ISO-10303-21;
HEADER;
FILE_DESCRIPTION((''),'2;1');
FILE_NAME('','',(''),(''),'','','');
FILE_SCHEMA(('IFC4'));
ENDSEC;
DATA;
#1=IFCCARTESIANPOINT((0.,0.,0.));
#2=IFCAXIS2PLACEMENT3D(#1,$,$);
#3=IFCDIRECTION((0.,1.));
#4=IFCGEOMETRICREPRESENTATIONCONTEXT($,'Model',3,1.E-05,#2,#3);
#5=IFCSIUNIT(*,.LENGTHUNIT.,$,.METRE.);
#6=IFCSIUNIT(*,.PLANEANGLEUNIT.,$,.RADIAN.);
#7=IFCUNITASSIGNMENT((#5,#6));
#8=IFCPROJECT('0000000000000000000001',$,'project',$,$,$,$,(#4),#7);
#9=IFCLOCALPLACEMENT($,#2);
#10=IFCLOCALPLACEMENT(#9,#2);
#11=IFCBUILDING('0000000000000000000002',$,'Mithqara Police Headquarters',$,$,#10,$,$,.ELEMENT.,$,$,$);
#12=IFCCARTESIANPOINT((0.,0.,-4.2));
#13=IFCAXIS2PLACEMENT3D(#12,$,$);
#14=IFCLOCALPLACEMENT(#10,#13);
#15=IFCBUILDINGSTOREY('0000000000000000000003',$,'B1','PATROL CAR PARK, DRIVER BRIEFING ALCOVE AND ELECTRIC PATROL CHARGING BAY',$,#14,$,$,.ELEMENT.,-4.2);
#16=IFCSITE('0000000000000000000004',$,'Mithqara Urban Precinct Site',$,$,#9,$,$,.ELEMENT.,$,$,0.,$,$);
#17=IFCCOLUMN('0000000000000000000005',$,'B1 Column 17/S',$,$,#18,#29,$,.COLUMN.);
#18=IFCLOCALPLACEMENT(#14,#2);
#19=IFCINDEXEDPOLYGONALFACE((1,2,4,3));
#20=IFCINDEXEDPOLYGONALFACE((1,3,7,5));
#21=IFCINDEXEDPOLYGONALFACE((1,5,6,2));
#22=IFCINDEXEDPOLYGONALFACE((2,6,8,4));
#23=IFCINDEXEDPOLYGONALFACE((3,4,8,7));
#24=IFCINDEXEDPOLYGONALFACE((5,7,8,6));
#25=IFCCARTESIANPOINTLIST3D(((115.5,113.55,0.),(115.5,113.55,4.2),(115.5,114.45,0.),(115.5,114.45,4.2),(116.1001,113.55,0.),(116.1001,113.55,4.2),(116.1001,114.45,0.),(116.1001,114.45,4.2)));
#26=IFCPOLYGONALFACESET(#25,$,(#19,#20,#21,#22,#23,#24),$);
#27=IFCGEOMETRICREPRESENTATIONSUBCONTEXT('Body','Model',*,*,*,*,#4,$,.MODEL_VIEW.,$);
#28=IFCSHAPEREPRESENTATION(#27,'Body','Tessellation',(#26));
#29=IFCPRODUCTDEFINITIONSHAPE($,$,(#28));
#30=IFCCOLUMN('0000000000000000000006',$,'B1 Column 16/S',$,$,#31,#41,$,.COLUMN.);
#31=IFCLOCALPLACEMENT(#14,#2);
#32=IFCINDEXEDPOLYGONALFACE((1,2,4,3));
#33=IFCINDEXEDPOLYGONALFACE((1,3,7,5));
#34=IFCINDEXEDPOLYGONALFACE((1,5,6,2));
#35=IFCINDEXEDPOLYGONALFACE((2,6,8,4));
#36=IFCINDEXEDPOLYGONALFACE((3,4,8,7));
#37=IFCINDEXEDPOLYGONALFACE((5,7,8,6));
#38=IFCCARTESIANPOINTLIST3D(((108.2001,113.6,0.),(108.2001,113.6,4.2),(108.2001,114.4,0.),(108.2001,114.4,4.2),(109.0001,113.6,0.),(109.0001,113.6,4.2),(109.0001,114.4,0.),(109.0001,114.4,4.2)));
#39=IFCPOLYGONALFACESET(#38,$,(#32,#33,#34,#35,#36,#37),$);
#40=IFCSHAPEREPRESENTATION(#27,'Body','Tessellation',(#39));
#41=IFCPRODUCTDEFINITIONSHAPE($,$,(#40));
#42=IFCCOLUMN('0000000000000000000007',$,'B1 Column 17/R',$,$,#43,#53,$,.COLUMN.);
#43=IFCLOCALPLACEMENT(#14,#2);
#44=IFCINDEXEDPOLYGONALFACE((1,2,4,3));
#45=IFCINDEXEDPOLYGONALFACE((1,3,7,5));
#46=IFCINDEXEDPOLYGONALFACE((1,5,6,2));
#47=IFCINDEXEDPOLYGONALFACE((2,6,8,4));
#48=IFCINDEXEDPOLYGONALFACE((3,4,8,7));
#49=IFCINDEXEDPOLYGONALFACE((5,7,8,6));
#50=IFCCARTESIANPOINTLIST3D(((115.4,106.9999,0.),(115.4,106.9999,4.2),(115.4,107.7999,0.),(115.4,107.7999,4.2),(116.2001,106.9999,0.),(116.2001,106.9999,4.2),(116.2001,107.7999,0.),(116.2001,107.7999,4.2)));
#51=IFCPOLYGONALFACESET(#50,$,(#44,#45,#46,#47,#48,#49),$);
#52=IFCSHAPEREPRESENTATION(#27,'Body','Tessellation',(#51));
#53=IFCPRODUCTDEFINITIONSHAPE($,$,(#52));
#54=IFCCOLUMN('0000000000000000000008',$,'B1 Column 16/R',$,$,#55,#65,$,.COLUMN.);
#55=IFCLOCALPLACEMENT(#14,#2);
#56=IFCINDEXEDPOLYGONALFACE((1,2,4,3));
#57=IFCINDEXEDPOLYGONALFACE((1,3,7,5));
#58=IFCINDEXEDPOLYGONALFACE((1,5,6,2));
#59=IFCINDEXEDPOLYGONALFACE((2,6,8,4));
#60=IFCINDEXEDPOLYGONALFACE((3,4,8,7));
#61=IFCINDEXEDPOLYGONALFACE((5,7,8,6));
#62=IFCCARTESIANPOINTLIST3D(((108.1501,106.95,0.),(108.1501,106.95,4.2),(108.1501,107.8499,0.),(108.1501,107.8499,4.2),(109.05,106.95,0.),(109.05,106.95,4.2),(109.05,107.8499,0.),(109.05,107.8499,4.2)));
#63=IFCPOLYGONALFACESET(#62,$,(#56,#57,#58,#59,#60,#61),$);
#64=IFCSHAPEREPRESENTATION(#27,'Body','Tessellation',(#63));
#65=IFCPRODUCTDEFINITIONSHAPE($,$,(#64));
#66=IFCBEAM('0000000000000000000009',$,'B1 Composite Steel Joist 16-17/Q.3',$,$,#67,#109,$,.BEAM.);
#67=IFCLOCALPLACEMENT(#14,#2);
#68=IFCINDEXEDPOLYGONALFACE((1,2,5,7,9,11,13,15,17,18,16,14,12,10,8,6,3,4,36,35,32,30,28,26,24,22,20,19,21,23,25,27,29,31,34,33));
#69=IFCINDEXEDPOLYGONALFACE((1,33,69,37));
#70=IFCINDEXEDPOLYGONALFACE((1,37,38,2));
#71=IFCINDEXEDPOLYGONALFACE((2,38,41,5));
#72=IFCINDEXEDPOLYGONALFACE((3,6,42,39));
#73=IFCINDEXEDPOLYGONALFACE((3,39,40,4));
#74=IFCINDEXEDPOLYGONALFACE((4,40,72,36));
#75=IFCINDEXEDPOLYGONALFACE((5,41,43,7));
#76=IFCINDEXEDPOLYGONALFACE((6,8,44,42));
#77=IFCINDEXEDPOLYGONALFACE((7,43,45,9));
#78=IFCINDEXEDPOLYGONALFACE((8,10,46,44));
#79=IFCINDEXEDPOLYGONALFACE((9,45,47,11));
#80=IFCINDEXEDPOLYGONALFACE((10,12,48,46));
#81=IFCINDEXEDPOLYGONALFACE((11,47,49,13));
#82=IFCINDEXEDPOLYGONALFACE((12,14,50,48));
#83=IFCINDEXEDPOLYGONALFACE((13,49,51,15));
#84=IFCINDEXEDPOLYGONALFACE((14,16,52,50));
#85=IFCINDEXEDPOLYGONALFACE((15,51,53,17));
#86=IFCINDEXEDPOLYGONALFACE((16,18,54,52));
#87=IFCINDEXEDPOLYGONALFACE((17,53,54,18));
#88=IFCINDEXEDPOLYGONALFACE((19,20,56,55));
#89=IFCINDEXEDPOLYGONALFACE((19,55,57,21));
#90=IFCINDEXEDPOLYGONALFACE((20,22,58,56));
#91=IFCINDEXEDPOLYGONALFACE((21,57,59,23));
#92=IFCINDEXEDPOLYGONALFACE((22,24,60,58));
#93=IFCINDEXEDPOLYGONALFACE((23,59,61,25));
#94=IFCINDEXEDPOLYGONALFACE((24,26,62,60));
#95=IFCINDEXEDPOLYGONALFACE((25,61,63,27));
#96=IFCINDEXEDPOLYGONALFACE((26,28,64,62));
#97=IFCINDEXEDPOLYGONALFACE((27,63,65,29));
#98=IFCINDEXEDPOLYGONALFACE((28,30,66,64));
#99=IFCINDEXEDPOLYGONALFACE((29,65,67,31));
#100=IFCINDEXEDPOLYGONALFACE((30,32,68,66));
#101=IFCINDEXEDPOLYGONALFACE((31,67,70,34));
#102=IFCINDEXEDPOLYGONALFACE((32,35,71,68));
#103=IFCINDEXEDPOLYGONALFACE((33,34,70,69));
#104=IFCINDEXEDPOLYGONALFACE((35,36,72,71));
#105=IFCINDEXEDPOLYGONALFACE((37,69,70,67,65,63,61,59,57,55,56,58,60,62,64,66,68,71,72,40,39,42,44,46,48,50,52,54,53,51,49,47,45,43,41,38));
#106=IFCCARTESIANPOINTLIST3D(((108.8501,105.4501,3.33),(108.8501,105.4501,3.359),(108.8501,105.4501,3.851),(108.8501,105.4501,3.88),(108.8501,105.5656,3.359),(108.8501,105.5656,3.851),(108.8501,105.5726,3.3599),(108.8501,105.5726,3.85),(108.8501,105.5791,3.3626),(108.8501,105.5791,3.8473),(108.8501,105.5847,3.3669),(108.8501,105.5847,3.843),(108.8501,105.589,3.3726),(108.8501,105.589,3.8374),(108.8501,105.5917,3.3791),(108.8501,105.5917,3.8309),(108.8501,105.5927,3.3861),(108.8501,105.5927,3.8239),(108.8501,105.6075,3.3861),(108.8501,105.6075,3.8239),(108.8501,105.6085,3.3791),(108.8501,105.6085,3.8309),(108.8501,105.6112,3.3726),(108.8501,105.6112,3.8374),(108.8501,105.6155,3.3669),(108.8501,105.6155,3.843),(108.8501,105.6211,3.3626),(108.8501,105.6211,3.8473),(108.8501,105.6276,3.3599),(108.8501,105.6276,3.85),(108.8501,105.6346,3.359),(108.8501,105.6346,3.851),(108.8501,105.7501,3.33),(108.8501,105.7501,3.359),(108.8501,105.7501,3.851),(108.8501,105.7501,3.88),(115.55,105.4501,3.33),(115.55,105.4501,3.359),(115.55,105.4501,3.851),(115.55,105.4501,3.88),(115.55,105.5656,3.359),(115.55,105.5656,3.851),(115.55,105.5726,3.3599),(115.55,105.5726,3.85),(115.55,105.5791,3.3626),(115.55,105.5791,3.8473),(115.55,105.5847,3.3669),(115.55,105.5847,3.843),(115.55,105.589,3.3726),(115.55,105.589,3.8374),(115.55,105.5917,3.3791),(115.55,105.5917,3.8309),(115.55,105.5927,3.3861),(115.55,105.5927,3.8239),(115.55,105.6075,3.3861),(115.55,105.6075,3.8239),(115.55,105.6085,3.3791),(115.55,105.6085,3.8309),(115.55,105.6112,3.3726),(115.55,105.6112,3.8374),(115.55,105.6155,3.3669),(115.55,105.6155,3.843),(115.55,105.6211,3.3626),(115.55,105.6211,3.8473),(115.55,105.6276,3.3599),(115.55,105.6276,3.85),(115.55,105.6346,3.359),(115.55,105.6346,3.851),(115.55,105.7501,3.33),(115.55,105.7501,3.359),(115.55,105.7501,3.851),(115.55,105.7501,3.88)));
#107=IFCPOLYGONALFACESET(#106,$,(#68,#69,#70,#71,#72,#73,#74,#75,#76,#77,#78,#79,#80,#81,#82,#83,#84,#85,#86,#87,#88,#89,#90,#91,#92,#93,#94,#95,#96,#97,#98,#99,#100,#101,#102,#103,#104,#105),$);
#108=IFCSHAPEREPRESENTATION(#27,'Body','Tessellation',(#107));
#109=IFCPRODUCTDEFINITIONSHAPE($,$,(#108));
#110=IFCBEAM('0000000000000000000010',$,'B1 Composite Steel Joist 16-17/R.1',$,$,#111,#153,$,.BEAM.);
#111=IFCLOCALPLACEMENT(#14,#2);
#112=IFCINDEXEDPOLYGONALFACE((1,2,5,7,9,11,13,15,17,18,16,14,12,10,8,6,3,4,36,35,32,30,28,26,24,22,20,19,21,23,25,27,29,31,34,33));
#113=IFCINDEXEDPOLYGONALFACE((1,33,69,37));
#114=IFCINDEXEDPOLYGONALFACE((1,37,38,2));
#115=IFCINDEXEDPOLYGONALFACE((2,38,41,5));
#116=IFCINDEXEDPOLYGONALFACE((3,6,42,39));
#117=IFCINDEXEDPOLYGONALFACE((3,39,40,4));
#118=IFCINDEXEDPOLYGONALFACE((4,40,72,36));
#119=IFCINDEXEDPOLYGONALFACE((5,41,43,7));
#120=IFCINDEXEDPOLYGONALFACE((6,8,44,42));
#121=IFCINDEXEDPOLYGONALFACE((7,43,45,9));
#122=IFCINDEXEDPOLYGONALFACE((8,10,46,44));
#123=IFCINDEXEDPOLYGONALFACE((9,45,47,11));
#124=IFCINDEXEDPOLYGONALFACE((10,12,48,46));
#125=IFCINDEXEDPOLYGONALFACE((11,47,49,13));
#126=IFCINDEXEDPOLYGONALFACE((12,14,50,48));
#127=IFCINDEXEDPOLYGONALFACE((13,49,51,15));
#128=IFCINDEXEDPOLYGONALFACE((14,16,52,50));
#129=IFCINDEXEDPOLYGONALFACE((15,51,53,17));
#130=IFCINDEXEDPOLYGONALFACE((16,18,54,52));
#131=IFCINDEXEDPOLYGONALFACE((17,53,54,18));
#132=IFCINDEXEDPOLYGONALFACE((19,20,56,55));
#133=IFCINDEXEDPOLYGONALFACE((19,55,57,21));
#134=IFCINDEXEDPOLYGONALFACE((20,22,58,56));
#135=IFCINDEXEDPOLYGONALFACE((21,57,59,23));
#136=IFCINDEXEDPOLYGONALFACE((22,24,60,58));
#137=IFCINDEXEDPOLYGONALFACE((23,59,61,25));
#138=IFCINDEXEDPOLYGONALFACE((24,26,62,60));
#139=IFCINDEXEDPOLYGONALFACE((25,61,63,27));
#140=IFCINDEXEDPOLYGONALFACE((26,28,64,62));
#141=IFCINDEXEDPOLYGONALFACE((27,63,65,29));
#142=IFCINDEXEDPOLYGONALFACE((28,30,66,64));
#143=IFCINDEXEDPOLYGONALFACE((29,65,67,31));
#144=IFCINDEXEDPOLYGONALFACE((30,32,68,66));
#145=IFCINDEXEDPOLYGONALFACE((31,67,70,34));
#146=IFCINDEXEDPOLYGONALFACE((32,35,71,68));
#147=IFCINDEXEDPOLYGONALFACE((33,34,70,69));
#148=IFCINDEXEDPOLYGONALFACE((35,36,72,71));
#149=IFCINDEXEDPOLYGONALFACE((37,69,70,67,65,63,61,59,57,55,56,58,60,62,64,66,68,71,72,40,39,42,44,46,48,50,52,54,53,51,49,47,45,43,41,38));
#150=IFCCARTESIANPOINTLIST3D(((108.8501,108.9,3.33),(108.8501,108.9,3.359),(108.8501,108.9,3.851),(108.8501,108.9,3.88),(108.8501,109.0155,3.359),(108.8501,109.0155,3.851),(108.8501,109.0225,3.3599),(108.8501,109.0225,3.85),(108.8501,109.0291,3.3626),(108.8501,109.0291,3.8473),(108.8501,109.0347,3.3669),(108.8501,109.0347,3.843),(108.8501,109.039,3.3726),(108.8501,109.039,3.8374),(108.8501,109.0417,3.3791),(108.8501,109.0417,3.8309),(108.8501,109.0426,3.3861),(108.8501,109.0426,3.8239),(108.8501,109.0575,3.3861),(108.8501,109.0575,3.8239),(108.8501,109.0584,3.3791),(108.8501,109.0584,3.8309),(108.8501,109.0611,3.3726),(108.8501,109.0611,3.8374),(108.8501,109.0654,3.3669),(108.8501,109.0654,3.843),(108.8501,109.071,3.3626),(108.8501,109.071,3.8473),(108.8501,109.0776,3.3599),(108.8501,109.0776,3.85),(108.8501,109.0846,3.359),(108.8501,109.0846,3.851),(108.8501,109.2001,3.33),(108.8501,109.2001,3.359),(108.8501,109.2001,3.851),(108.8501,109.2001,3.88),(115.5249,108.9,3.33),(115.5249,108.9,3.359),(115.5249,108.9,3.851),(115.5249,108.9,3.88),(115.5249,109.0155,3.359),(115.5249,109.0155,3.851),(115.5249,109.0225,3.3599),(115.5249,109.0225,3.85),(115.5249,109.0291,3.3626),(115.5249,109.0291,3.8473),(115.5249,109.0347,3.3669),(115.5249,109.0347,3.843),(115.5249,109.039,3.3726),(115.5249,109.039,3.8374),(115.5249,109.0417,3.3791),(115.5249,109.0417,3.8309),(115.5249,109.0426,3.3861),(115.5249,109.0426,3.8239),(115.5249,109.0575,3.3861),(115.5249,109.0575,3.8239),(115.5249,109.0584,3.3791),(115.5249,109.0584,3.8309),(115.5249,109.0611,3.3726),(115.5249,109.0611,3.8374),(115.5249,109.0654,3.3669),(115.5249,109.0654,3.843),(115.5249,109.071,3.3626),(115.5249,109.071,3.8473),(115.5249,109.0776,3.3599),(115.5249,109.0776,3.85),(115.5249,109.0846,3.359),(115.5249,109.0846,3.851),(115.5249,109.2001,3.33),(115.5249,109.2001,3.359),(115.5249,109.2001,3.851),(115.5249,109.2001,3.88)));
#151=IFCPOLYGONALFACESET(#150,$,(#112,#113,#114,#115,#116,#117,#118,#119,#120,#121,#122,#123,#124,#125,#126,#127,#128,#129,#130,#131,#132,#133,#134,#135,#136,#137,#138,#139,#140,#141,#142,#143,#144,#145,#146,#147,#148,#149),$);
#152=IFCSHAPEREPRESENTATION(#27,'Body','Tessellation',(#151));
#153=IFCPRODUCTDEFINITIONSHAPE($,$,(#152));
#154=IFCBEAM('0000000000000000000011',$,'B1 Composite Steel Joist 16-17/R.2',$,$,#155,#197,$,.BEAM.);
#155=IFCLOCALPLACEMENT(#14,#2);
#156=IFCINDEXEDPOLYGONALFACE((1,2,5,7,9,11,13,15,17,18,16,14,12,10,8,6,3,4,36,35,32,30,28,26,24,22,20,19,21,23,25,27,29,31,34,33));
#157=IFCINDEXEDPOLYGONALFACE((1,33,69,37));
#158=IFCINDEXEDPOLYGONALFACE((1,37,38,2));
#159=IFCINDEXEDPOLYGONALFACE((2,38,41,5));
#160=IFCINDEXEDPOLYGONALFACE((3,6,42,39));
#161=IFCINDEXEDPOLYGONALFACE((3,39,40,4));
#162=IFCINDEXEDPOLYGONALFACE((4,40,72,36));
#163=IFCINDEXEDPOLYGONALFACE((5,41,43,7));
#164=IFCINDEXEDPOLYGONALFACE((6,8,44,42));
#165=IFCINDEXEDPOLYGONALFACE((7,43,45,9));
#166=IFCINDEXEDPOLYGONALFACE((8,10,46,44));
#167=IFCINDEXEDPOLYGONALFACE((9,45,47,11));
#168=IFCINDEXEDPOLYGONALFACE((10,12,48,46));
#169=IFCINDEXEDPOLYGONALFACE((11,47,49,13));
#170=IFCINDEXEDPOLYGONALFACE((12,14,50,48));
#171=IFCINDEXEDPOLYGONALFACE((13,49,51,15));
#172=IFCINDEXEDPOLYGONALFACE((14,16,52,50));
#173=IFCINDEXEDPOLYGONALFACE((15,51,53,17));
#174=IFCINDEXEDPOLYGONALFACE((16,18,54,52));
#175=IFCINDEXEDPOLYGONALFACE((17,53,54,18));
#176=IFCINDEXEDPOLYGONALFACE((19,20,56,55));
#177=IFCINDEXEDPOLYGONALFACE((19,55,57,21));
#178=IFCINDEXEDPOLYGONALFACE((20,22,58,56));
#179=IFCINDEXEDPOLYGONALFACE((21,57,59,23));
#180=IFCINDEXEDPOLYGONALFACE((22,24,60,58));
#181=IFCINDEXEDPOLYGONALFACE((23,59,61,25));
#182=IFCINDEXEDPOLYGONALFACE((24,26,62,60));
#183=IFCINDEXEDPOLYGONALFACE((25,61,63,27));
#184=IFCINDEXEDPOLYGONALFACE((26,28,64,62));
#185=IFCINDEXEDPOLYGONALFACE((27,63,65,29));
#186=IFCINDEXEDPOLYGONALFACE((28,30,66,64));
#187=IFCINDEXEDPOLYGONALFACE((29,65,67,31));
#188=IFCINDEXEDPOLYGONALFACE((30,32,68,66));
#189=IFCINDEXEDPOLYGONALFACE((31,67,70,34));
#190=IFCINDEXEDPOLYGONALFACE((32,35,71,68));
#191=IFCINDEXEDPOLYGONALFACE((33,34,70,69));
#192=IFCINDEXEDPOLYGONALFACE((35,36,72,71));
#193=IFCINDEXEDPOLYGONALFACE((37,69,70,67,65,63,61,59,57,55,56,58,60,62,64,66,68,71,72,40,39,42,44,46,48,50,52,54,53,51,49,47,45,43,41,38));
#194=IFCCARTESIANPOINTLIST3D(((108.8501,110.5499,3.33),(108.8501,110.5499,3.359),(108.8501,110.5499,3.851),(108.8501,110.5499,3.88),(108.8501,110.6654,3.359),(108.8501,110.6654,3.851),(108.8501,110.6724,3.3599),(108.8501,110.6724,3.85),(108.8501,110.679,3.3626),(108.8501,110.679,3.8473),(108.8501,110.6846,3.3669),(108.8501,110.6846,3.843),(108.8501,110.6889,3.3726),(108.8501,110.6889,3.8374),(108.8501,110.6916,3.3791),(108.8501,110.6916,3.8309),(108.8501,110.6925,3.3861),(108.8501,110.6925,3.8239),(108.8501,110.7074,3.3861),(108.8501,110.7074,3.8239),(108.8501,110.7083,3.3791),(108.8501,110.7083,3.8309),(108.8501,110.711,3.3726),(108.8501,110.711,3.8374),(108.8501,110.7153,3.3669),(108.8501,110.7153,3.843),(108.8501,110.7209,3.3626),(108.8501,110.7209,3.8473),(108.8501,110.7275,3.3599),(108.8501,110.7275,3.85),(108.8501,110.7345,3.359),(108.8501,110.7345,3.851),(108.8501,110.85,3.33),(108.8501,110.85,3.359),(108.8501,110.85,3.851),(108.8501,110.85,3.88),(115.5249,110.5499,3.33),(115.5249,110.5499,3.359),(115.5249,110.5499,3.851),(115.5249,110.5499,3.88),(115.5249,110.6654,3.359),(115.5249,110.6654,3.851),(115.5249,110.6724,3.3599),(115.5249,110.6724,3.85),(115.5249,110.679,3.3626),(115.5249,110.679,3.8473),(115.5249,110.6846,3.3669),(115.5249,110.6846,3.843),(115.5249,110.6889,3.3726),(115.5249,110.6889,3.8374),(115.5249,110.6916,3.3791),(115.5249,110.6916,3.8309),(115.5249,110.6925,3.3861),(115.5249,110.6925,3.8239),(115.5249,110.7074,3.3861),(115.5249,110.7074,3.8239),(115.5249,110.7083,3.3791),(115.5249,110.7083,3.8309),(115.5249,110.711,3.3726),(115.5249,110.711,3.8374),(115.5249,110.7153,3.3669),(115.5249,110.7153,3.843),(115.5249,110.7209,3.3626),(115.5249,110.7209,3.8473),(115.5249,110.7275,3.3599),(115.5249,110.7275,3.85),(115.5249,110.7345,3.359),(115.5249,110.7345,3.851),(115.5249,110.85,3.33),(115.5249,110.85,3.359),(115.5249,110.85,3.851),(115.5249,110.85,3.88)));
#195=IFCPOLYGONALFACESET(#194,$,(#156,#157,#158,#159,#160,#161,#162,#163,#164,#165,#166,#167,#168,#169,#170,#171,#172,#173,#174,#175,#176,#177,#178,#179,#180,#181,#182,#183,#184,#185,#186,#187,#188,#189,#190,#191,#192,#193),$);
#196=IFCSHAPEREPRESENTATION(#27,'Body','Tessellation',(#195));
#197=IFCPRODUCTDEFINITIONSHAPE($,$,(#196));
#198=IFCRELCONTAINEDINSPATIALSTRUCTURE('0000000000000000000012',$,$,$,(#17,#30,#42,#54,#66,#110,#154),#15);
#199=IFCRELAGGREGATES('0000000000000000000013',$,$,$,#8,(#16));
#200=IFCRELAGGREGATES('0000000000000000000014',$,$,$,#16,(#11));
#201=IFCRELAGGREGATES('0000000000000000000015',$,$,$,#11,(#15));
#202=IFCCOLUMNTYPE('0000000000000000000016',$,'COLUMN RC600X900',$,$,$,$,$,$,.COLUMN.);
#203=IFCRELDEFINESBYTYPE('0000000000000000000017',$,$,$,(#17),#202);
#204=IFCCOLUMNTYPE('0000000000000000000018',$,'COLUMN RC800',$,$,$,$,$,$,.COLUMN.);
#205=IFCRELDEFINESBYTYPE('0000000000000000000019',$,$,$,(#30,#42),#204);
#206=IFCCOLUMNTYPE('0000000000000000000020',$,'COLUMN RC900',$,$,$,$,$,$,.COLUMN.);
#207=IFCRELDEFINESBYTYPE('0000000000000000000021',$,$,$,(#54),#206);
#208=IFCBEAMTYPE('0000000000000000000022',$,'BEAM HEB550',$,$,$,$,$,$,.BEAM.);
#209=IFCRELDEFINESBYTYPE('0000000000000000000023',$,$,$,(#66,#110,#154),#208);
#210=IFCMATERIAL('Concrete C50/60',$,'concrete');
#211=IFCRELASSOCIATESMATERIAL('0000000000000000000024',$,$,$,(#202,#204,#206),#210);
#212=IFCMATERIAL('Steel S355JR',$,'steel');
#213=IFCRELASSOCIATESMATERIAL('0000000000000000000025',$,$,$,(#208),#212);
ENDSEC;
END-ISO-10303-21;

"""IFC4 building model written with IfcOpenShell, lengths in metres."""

from ifc_helpers import new_model, si_unit, direction, frame, origin, origin_2d, place, context, subcontext, project, spatial, rectangle, i_section, extrude, material, material_profile, profile_set, type_object, element, save


model = new_model("IFC4")

# Units and contexts
model_context = context("Model", 3, precision=1e-05, world=origin(), true_north=direction((0.0, 1.0)))
body_context = subcontext(model_context, "Body", "Model", "MODEL_VIEW")
ifc_project = project(units=[si_unit("LENGTHUNIT", "METRE"), si_unit("PLANEANGLEUNIT", "RADIAN")], contexts=[model_context])

# Site, building, storey
site_placement = place(None, origin())
site = spatial("IfcSite", under=ifc_project, at=site_placement, Name="Mithqara Urban Precinct Site", CompositionType="ELEMENT", RefElevation=0.0)
building_placement = place(site_placement, origin())
building = spatial("IfcBuilding", under=site, at=building_placement, Name="Mithqara Police Headquarters", CompositionType="ELEMENT")
storey_placement = place(building_placement, frame((0.0, 0.0, -4.2)))
storey = spatial("IfcBuildingStorey", under=building, at=storey_placement, Name="B1", Description="PATROL CAR PARK, DRIVER BRIEFING ALCOVE AND ELECTRIC PATROL CHARGING BAY", CompositionType="ELEMENT", Elevation=-4.2)

# Columns
ifc_material_1 = material(Name="Concrete C50/60", Category="concrete")
ifc_material_profile_1 = material_profile(ifc_material_1, rectangle(XDim=0.6001, YDim=0.8999, at=origin_2d()), Name="RC 600x900")
ifc_profile_set_1 = profile_set([ifc_material_profile_1], Name="Concrete C50/60")
column_type_1 = type_object("IfcColumnType", Name="COLUMN RC600X900", PredefinedType="COLUMN", material=ifc_profile_set_1)
column_1_placement = place(storey_placement, frame((115.8, 114.0, 0.0), z_axis=(0.0, 0.0, 1.0), x_axis=(1.0, 0.0, 0.0)))
element("IfcColumn", 1, at=column_1_placement, inside=storey, type_object=column_type_1, Name="B1 Column 17/S", PredefinedType="COLUMN", context=body_context, shape_type="SweptSolid", body=[
    extrude(rectangle(XDim=0.6001, YDim=0.8999, at=origin_2d()), origin(), (0.0, 0.0, 1.0), 4.2),
])
ifc_material_profile_2 = material_profile(ifc_material_1, rectangle(XDim=0.8, YDim=0.8, at=origin_2d()), Name="RC 800x800")
ifc_profile_set_2 = profile_set([ifc_material_profile_2], Name="Concrete C50/60")
column_type_2 = type_object("IfcColumnType", Name="COLUMN RC800", PredefinedType="COLUMN", material=ifc_profile_set_2)
for number, where, z_axis, x_axis, name in (
    (2, (108.6001, 114.0, 0.0), (0.0, 0.0, 1.0), (1.0, 0.0, 0.0), "B1 Column 16/S"),
    (3, (115.8, 107.3999, 0.0), (0.0, 0.0, 1.0), (1.0, 0.0, 0.0), "B1 Column 17/R"),
):
    element("IfcColumn", number, at=place(storey_placement, frame(where, z_axis=z_axis, x_axis=x_axis)), inside=storey, type_object=column_type_2, Name=name, PredefinedType="COLUMN", context=body_context, shape_type="SweptSolid", body=[
        extrude(rectangle(XDim=0.8, YDim=0.8, at=origin_2d()), origin(), (0.0, 0.0, 1.0), 4.2),
    ])
ifc_material_profile_3 = material_profile(ifc_material_1, rectangle(XDim=0.8999, YDim=0.8999, at=origin_2d()), Name="RC 900x900")
ifc_profile_set_3 = profile_set([ifc_material_profile_3], Name="Concrete C50/60")
column_type_3 = type_object("IfcColumnType", Name="COLUMN RC900", PredefinedType="COLUMN", material=ifc_profile_set_3)
column_2_placement = place(storey_placement, frame((108.6001, 107.3999, 0.0), z_axis=(0.0, 0.0, 1.0), x_axis=(1.0, 0.0, 0.0)))
element("IfcColumn", 4, at=column_2_placement, inside=storey, type_object=column_type_3, Name="B1 Column 16/R", PredefinedType="COLUMN", context=body_context, shape_type="SweptSolid", body=[
    extrude(rectangle(XDim=0.8999, YDim=0.8999, at=origin_2d()), origin(), (0.0, 0.0, 1.0), 4.2),
])

# Beams
ifc_material_2 = material(Name="Steel S355JR", Category="steel")
ifc_material_profile_4 = material_profile(ifc_material_2, i_section(OverallWidth=0.3, OverallDepth=0.55, WebThickness=0.0149, FlangeThickness=0.0291, FilletRadius=0.0271, at=origin_2d()), Name="HEB 550")
ifc_profile_set_4 = profile_set([ifc_material_profile_4], Name="Steel S355JR")
beam_type_1 = type_object("IfcBeamType", Name="BEAM HEB550", PredefinedType="BEAM", material=ifc_profile_set_4)
beam_1_placement = place(storey_placement, frame((108.8501, 105.6001, 3.605), z_axis=(1.0, 0.0, 0.0), x_axis=(0.0, 1.0, 0.0)))
element("IfcBeam", 5, at=beam_1_placement, inside=storey, type_object=beam_type_1, Name="B1 Composite Steel Joist 16-17/Q.3", PredefinedType="BEAM", context=body_context, shape_type="SweptSolid", body=[
    extrude(i_section(OverallWidth=0.3, OverallDepth=0.55, WebThickness=0.0149, FlangeThickness=0.0291, FilletRadius=0.0271, at=origin_2d()), origin(), (0.0, 0.0, 1.0), 6.7),
])
for number, where, z_axis, x_axis, name in (
    (6, (108.8501, 109.05, 3.605), (1.0, 0.0, 0.0), (0.0, 1.0, 0.0), "B1 Composite Steel Joist 16-17/R.1"),
    (7, (108.8501, 110.7, 3.605), (1.0, 0.0, 0.0), (0.0, 1.0, 0.0), "B1 Composite Steel Joist 16-17/R.2"),
):
    element("IfcBeam", number, at=place(storey_placement, frame(where, z_axis=z_axis, x_axis=x_axis)), inside=storey, type_object=beam_type_1, Name=name, PredefinedType="BEAM", context=body_context, shape_type="SweptSolid", body=[
        extrude(i_section(OverallWidth=0.3, OverallDepth=0.55, WebThickness=0.0149, FlangeThickness=0.0291, FilletRadius=0.0271, at=origin_2d()), origin(), (0.0, 0.0, 1.0), 6.6748),
    ])

save(model, "model.ifc")
